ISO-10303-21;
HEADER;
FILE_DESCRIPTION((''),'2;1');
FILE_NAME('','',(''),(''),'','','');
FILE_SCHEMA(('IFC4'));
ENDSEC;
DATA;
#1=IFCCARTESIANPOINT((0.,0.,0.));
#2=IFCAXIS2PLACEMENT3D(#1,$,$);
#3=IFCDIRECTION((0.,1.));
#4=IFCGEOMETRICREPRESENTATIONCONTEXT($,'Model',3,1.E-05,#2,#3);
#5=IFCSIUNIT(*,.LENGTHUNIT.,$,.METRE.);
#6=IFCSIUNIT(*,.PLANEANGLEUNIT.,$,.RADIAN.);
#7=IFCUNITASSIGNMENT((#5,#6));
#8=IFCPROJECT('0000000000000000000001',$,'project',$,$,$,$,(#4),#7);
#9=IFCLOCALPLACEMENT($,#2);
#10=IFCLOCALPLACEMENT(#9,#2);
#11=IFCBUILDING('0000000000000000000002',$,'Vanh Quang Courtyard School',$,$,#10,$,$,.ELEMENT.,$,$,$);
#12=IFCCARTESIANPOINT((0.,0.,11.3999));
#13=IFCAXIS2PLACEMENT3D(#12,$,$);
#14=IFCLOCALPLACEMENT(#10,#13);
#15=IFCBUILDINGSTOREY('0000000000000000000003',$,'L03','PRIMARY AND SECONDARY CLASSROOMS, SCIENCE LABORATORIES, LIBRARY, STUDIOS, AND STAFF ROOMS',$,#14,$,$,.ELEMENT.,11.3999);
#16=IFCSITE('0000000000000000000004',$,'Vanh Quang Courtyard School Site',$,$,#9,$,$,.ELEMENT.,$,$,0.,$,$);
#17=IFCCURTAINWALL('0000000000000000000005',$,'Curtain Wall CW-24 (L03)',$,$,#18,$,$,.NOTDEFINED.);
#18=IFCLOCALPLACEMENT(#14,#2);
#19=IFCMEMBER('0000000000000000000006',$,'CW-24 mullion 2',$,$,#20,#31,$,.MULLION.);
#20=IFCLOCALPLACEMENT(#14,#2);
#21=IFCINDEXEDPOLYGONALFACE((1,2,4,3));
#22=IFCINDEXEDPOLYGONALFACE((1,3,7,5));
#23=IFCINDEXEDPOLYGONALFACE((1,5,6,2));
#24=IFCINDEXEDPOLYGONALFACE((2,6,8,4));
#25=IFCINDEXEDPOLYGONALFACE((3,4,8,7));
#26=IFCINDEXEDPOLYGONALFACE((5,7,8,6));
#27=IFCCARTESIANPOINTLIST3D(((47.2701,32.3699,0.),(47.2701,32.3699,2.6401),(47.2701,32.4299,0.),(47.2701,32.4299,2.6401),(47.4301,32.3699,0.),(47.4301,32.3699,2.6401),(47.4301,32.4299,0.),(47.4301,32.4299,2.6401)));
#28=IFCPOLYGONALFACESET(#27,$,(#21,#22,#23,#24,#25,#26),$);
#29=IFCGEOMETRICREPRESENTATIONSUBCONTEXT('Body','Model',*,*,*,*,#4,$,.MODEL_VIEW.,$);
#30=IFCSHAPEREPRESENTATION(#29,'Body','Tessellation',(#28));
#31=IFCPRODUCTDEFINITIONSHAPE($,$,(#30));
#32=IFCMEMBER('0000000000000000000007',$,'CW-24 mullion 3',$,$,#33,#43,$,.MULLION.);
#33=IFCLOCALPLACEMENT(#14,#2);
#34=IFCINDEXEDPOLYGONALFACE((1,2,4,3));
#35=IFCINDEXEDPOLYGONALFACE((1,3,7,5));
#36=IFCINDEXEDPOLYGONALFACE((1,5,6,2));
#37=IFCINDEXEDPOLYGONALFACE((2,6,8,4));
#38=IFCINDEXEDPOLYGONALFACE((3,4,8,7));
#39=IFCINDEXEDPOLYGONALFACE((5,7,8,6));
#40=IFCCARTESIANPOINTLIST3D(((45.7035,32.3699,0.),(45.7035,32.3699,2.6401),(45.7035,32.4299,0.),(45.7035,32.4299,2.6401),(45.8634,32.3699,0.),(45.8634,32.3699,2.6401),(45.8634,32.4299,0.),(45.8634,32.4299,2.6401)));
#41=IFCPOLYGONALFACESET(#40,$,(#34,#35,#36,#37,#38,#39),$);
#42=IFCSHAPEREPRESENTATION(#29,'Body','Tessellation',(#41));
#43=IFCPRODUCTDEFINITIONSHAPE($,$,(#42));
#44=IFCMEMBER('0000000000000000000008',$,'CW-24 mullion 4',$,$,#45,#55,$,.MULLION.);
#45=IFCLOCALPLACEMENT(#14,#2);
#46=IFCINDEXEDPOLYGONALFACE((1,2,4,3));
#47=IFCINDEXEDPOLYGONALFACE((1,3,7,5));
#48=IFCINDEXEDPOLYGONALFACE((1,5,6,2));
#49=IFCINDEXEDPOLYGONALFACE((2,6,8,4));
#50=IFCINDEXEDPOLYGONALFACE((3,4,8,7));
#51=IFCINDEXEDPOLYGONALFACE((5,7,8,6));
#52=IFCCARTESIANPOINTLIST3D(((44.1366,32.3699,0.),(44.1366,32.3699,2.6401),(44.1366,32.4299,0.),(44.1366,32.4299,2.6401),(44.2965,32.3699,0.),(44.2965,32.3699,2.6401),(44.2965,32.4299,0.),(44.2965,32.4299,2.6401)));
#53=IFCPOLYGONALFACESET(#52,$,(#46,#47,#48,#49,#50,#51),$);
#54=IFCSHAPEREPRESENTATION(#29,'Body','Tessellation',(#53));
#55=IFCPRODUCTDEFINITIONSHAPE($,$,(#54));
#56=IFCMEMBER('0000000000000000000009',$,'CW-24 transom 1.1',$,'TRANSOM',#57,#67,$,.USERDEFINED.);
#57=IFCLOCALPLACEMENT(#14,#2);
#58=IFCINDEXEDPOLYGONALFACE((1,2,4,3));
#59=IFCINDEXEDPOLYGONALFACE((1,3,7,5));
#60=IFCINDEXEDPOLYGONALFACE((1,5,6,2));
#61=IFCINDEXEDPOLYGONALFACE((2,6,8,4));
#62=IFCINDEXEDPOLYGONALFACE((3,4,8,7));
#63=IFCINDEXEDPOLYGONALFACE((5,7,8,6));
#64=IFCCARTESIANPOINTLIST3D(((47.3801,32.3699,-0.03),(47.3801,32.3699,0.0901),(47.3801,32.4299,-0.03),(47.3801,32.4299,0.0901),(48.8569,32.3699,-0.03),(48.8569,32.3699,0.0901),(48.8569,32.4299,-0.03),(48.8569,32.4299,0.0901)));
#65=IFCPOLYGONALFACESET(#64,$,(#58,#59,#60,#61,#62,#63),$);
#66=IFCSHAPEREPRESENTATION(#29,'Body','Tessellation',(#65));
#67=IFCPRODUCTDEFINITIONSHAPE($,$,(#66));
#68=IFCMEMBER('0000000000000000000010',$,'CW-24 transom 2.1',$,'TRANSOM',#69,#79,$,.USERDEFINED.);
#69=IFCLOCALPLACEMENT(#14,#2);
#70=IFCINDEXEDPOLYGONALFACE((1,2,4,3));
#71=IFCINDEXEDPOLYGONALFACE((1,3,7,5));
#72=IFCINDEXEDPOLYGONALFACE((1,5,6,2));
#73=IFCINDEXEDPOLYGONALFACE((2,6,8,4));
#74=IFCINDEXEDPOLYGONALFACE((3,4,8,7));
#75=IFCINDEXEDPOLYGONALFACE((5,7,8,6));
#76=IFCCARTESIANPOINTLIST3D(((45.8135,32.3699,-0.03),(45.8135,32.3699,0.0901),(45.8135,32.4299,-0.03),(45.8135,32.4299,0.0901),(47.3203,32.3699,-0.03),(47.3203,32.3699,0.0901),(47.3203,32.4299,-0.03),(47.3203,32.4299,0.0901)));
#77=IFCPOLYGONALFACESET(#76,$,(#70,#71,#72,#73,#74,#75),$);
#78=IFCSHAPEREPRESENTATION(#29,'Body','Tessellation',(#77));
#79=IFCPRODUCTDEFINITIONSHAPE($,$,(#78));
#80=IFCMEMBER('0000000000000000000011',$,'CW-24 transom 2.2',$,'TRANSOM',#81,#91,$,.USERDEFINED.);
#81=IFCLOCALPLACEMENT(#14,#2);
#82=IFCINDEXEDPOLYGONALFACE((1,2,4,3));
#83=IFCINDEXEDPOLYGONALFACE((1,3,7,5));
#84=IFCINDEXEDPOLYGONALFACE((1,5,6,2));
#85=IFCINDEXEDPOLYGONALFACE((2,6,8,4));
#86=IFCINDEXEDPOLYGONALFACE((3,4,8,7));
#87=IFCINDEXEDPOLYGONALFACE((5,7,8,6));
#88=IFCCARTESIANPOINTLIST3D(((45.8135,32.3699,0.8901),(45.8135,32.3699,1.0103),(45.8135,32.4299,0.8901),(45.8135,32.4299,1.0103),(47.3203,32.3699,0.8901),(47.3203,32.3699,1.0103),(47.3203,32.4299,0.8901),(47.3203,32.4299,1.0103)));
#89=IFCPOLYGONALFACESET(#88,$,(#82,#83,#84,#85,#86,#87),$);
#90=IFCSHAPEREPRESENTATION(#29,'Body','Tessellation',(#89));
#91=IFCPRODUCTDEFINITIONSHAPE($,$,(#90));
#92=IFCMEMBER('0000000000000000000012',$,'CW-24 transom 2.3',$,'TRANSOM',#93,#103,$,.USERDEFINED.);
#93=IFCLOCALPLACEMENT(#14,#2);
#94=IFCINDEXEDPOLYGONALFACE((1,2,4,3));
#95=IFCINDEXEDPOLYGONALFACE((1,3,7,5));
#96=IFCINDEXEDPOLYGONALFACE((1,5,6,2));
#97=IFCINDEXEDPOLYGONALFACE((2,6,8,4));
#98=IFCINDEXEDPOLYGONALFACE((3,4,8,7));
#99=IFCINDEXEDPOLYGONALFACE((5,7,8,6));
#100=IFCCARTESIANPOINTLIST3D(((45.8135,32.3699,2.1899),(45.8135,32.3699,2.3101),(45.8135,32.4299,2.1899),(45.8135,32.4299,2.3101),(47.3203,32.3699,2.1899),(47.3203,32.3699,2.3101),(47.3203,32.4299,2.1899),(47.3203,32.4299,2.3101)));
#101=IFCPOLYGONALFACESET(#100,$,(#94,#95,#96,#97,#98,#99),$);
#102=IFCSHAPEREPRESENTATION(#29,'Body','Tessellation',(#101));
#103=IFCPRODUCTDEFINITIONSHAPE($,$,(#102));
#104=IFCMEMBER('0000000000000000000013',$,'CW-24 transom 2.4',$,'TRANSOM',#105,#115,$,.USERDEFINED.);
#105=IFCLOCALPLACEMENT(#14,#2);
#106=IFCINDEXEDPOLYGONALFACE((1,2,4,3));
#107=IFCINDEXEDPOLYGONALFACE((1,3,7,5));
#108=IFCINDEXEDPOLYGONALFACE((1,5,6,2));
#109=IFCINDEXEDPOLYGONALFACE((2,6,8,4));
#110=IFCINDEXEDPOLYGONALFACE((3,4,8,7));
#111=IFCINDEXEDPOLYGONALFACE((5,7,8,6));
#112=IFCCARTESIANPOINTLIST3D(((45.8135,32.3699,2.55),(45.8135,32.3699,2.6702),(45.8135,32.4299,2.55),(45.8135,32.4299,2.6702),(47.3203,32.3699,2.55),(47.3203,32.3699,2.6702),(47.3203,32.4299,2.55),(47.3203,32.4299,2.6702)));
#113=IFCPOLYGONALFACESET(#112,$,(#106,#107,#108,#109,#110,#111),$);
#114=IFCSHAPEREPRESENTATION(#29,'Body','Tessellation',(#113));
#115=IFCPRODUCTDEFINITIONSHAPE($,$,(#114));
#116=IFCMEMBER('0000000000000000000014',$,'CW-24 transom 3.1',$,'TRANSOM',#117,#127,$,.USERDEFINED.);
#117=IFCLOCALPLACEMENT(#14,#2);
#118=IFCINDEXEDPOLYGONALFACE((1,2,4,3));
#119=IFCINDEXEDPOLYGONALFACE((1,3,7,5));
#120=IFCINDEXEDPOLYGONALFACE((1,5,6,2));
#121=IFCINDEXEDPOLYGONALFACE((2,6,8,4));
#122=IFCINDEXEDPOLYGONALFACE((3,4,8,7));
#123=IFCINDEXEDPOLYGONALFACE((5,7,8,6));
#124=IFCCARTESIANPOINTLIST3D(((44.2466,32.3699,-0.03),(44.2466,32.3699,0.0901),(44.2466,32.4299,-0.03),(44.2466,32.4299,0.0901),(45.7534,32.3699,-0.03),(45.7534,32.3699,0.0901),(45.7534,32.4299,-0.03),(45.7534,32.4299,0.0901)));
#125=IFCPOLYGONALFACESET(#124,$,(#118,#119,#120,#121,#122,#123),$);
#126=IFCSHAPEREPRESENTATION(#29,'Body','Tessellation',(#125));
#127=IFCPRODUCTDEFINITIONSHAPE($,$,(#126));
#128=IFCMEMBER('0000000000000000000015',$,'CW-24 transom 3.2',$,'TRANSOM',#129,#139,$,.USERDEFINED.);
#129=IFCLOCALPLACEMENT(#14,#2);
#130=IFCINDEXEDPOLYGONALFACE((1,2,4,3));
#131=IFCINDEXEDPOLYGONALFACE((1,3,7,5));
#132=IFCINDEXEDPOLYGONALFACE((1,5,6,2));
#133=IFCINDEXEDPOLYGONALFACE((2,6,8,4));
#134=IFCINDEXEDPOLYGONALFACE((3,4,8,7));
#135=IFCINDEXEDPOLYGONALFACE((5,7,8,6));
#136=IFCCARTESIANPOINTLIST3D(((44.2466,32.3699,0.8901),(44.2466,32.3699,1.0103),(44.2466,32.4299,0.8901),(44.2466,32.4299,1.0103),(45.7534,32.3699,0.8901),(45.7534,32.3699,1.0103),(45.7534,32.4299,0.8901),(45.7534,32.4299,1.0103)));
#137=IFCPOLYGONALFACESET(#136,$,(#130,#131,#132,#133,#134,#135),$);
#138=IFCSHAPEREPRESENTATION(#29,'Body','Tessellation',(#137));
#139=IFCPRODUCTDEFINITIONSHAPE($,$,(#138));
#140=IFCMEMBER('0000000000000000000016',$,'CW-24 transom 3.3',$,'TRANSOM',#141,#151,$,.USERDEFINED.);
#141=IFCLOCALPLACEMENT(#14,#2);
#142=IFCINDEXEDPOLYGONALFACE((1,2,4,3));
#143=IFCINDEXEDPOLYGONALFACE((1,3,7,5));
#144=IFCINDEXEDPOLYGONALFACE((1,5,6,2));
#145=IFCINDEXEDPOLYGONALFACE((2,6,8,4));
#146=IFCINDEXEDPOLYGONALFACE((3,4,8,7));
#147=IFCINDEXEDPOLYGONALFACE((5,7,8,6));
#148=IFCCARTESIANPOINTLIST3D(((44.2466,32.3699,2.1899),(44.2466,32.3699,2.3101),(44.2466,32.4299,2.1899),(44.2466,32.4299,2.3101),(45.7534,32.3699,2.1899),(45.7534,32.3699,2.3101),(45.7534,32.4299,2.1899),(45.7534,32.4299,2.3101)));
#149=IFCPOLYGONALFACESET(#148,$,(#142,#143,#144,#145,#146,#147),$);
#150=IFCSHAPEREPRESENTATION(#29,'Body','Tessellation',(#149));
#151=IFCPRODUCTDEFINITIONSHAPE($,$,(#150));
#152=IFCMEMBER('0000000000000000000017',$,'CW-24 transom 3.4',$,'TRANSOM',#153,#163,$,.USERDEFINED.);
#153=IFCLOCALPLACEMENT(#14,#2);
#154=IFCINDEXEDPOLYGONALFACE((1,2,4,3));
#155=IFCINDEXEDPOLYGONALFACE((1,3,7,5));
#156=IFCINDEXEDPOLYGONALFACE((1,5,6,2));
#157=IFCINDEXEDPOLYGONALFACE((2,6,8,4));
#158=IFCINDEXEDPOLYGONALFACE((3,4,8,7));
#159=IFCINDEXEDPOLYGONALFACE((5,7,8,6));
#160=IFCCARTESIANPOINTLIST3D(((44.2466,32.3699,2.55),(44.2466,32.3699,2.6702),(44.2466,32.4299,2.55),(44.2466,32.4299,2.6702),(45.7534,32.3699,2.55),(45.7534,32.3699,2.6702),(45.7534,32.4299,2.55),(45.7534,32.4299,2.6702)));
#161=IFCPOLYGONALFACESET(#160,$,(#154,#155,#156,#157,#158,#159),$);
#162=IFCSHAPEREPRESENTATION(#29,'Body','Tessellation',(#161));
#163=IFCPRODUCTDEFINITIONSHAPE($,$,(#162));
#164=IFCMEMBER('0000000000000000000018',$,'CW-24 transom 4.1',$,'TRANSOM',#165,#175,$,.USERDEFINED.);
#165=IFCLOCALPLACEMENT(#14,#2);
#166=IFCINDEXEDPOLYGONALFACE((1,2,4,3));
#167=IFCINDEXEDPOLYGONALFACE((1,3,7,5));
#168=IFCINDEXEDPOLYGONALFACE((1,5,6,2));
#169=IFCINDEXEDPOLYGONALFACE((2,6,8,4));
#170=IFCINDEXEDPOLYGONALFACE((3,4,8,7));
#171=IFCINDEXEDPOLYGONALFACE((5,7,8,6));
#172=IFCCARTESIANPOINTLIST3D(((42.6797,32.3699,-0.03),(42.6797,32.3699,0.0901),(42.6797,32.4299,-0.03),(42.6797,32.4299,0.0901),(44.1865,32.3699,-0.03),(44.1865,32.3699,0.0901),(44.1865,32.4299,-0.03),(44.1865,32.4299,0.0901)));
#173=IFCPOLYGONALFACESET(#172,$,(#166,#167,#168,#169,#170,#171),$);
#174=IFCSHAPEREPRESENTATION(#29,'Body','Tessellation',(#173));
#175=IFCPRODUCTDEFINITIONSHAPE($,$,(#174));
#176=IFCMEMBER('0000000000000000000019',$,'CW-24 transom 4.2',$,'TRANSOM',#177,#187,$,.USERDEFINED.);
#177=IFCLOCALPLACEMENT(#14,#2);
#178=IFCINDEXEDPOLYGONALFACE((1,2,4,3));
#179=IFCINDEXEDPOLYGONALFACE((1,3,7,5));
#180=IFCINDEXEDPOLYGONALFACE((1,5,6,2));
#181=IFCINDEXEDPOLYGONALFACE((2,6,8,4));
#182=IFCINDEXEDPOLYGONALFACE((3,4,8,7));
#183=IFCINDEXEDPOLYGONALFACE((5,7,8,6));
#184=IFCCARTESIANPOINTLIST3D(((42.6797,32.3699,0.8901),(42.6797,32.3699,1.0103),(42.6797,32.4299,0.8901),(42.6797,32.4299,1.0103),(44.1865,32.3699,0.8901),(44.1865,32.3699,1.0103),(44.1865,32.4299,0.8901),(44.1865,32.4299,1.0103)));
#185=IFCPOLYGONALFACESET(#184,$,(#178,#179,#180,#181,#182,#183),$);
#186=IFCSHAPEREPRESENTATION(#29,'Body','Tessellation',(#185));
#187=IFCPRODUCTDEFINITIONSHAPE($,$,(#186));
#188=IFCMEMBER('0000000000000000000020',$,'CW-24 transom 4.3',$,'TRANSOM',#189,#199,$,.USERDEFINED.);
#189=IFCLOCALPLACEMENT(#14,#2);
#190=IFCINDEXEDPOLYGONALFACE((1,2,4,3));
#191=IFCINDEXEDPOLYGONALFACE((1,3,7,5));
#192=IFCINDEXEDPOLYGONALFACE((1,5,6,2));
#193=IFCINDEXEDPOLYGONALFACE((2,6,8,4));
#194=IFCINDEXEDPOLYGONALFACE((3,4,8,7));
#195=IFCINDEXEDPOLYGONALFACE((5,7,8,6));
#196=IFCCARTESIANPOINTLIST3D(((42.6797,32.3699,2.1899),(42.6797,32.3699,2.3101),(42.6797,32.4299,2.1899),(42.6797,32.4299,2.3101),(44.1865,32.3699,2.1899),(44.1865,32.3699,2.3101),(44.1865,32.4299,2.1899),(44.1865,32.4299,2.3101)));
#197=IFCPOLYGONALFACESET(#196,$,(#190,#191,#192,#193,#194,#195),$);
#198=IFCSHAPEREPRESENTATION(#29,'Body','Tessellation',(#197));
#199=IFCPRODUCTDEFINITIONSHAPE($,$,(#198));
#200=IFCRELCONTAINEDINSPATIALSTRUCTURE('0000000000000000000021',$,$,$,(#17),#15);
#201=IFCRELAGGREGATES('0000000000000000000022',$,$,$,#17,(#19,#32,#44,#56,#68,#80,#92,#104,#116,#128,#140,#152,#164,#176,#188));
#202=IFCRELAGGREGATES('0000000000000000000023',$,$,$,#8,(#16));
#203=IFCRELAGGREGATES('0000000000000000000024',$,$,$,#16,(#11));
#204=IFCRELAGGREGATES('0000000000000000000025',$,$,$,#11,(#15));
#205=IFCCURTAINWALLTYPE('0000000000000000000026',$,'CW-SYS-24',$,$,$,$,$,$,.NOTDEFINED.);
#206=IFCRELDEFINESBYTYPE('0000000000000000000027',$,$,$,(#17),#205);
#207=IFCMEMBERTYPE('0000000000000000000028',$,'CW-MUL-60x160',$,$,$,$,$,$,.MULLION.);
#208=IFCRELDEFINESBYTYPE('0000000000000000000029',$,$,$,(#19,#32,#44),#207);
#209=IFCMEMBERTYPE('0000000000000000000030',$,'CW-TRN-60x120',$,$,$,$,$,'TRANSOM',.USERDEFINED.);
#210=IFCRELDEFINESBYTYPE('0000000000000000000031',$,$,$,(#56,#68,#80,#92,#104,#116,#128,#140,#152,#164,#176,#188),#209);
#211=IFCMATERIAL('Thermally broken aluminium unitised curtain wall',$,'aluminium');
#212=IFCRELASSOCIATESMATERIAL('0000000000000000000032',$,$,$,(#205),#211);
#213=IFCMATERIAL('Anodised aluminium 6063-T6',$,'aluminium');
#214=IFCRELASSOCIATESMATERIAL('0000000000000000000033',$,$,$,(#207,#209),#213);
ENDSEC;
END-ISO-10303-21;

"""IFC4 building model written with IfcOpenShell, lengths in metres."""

from ifc_helpers import new_model, si_unit, direction, frame, origin, origin_2d, place, context, subcontext, project, spatial, rectangle, extrude, material, material_profile, profile_set, type_object, element, aggregate, save


model = new_model("IFC4")

# Units and contexts
model_context = context("Model", 3, precision=1e-05, world=origin(), true_north=direction((0.0, 1.0)))
body_context = subcontext(model_context, "Body", "Model", "MODEL_VIEW")
ifc_project = project(units=[si_unit("LENGTHUNIT", "METRE"), si_unit("PLANEANGLEUNIT", "RADIAN")], contexts=[model_context])

# Site, building, storey
site_placement = place(None, origin())
site = spatial("IfcSite", under=ifc_project, at=site_placement, Name="Vanh Quang Courtyard School Site", CompositionType="ELEMENT", RefElevation=0.0)
building_placement = place(site_placement, origin())
building = spatial("IfcBuilding", under=site, at=building_placement, Name="Vanh Quang Courtyard School", CompositionType="ELEMENT")
storey_placement = place(building_placement, frame((0.0, 0.0, 11.3999)))
storey = spatial("IfcBuildingStorey", under=building, at=storey_placement, Name="L03", Description="PRIMARY AND SECONDARY CLASSROOMS, SCIENCE LABORATORIES, LIBRARY, STUDIOS, AND STAFF ROOMS", CompositionType="ELEMENT", Elevation=11.3999)

# Curtain wall, members
ifc_material_1 = material(Name="Thermally broken aluminium unitised curtain wall", Category="aluminium")
curtain_wall_type = type_object("IfcCurtainWallType", Name="CW-SYS-24", PredefinedType="NOTDEFINED", material=ifc_material_1)
curtain_wall_placement = place(storey_placement, origin())
curtain_wall = element("IfcCurtainWall", 1, at=curtain_wall_placement, inside=storey, type_object=curtain_wall_type, Name="Curtain Wall CW-24 (L03)", PredefinedType="NOTDEFINED")
ifc_material_2 = material(Name="Anodised aluminium 6063-T6", Category="aluminium")
ifc_material_profile_1 = material_profile(ifc_material_2, rectangle(XDim=0.0601, YDim=0.1599, at=origin_2d()), Name="ALU-MUL 60x160")
ifc_profile_set_1 = profile_set([ifc_material_profile_1], Name="Anodised aluminium 6063-T6")
member_type_1 = type_object("IfcMemberType", Name="CW-MUL-60x160", PredefinedType="MULLION", material=ifc_profile_set_1)
member_1_placement = place(storey_placement, frame((47.3501, 32.3999, 0.0), z_axis=(0.0, 0.0, 1.0), x_axis=(0.0, -1.0, 0.0)))
member_1 = element("IfcMember", 2, at=member_1_placement, type_object=member_type_1, Name="CW-24 mullion 2", PredefinedType="MULLION", context=body_context, shape_type="SweptSolid", body=[
    extrude(rectangle(XDim=0.0601, YDim=0.1599, at=origin_2d()), origin(), (0.0, 0.0, 1.0), 2.6401),
])
member_2_placement = place(storey_placement, frame((45.7834, 32.3999, 0.0), z_axis=(0.0, 0.0, 1.0), x_axis=(0.0, -1.0, 0.0)))
member_2 = element("IfcMember", 3, at=member_2_placement, type_object=member_type_1, Name="CW-24 mullion 3", PredefinedType="MULLION", context=body_context, shape_type="SweptSolid", body=[
    extrude(rectangle(XDim=0.0601, YDim=0.1599, at=origin_2d()), origin(), (0.0, 0.0, 1.0), 2.6401),
])
member_3_placement = place(storey_placement, frame((44.2166, 32.3999, 0.0), z_axis=(0.0, 0.0, 1.0), x_axis=(0.0, -1.0, 0.0)))
member_3 = element("IfcMember", 4, at=member_3_placement, type_object=member_type_1, Name="CW-24 mullion 4", PredefinedType="MULLION", context=body_context, shape_type="SweptSolid", body=[
    extrude(rectangle(XDim=0.0601, YDim=0.1599, at=origin_2d()), origin(), (0.0, 0.0, 1.0), 2.6401),
])
ifc_material_profile_2 = material_profile(ifc_material_2, rectangle(XDim=0.0601, YDim=0.1201, at=origin_2d()), Name="ALU-TRN 60x120")
ifc_profile_set_2 = profile_set([ifc_material_profile_2], Name="Anodised aluminium 6063-T6")
member_type_2 = type_object("IfcMemberType", Name="CW-TRN-60x120", ElementType="TRANSOM", PredefinedType="USERDEFINED", material=ifc_profile_set_2)
member_4_placement = place(storey_placement, frame((48.8569, 32.3999, 0.03), z_axis=(-1.0, 0.0, 0.0), x_axis=(0.0, -1.0, 0.0)))
member_4 = element("IfcMember", 5, at=member_4_placement, type_object=member_type_2, Name="CW-24 transom 1.1", ObjectType="TRANSOM", PredefinedType="USERDEFINED", context=body_context, shape_type="SweptSolid", body=[
    extrude(rectangle(XDim=0.0601, YDim=0.1201, at=origin_2d()), origin(), (0.0, 0.0, 1.0), 1.4768),
])
member_5_placement = place(storey_placement, frame((47.3203, 32.3999, 0.03), z_axis=(-1.0, 0.0, 0.0), x_axis=(0.0, -1.0, 0.0)))
member_5 = element("IfcMember", 6, at=member_5_placement, type_object=member_type_2, Name="CW-24 transom 2.1", ObjectType="TRANSOM", PredefinedType="USERDEFINED", context=body_context, shape_type="SweptSolid", body=[
    extrude(rectangle(XDim=0.0601, YDim=0.1201, at=origin_2d()), origin(), (0.0, 0.0, 1.0), 1.5068),
])
member_6_placement = place(storey_placement, frame((47.3203, 32.3999, 0.9502), z_axis=(-1.0, 0.0, 0.0), x_axis=(0.0, -1.0, 0.0)))
member_6 = element("IfcMember", 7, at=member_6_placement, type_object=member_type_2, Name="CW-24 transom 2.2", ObjectType="TRANSOM", PredefinedType="USERDEFINED", context=body_context, shape_type="SweptSolid", body=[
    extrude(rectangle(XDim=0.0601, YDim=0.1201, at=origin_2d()), origin(), (0.0, 0.0, 1.0), 1.5068),
])
member_7_placement = place(storey_placement, frame((47.3203, 32.3999, 2.25), z_axis=(-1.0, 0.0, 0.0), x_axis=(0.0, -1.0, 0.0)))
member_7 = element("IfcMember", 8, at=member_7_placement, type_object=member_type_2, Name="CW-24 transom 2.3", ObjectType="TRANSOM", PredefinedType="USERDEFINED", context=body_context, shape_type="SweptSolid", body=[
    extrude(rectangle(XDim=0.0601, YDim=0.1201, at=origin_2d()), origin(), (0.0, 0.0, 1.0), 1.5068),
])
member_8_placement = place(storey_placement, frame((47.3203, 32.3999, 2.6101), z_axis=(-1.0, 0.0, 0.0), x_axis=(0.0, -1.0, 0.0)))
member_8 = element("IfcMember", 9, at=member_8_placement, type_object=member_type_2, Name="CW-24 transom 2.4", ObjectType="TRANSOM", PredefinedType="USERDEFINED", context=body_context, shape_type="SweptSolid", body=[
    extrude(rectangle(XDim=0.0601, YDim=0.1201, at=origin_2d()), origin(), (0.0, 0.0, 1.0), 1.5068),
])
member_9_placement = place(storey_placement, frame((45.7534, 32.3999, 0.03), z_axis=(-1.0, 0.0, 0.0), x_axis=(0.0, -1.0, 0.0)))
member_9 = element("IfcMember", 10, at=member_9_placement, type_object=member_type_2, Name="CW-24 transom 3.1", ObjectType="TRANSOM", PredefinedType="USERDEFINED", context=body_context, shape_type="SweptSolid", body=[
    extrude(rectangle(XDim=0.0601, YDim=0.1201, at=origin_2d()), origin(), (0.0, 0.0, 1.0), 1.5068),
])
member_10_placement = place(storey_placement, frame((45.7534, 32.3999, 0.9502), z_axis=(-1.0, 0.0, 0.0), x_axis=(0.0, -1.0, 0.0)))
member_10 = element("IfcMember", 11, at=member_10_placement, type_object=member_type_2, Name="CW-24 transom 3.2", ObjectType="TRANSOM", PredefinedType="USERDEFINED", context=body_context, shape_type="SweptSolid", body=[
    extrude(rectangle(XDim=0.0601, YDim=0.1201, at=origin_2d()), origin(), (0.0, 0.0, 1.0), 1.5068),
])
member_11_placement = place(storey_placement, frame((45.7534, 32.3999, 2.25), z_axis=(-1.0, 0.0, 0.0), x_axis=(0.0, -1.0, 0.0)))
member_11 = element("IfcMember", 12, at=member_11_placement, type_object=member_type_2, Name="CW-24 transom 3.3", ObjectType="TRANSOM", PredefinedType="USERDEFINED", context=body_context, shape_type="SweptSolid", body=[
    extrude(rectangle(XDim=0.0601, YDim=0.1201, at=origin_2d()), origin(), (0.0, 0.0, 1.0), 1.5068),
])
member_12_placement = place(storey_placement, frame((45.7534, 32.3999, 2.6101), z_axis=(-1.0, 0.0, 0.0), x_axis=(0.0, -1.0, 0.0)))
member_12 = element("IfcMember", 13, at=member_12_placement, type_object=member_type_2, Name="CW-24 transom 3.4", ObjectType="TRANSOM", PredefinedType="USERDEFINED", context=body_context, shape_type="SweptSolid", body=[
    extrude(rectangle(XDim=0.0601, YDim=0.1201, at=origin_2d()), origin(), (0.0, 0.0, 1.0), 1.5068),
])
member_13_placement = place(storey_placement, frame((44.1865, 32.3999, 0.03), z_axis=(-1.0, 0.0, 0.0), x_axis=(0.0, -1.0, 0.0)))
member_13 = element("IfcMember", 14, at=member_13_placement, type_object=member_type_2, Name="CW-24 transom 4.1", ObjectType="TRANSOM", PredefinedType="USERDEFINED", context=body_context, shape_type="SweptSolid", body=[
    extrude(rectangle(XDim=0.0601, YDim=0.1201, at=origin_2d()), origin(), (0.0, 0.0, 1.0), 1.5068),
])
member_14_placement = place(storey_placement, frame((44.1865, 32.3999, 0.9502), z_axis=(-1.0, 0.0, 0.0), x_axis=(0.0, -1.0, 0.0)))
member_14 = element("IfcMember", 15, at=member_14_placement, type_object=member_type_2, Name="CW-24 transom 4.2", ObjectType="TRANSOM", PredefinedType="USERDEFINED", context=body_context, shape_type="SweptSolid", body=[
    extrude(rectangle(XDim=0.0601, YDim=0.1201, at=origin_2d()), origin(), (0.0, 0.0, 1.0), 1.5068),
])
member_15_placement = place(storey_placement, frame((44.1865, 32.3999, 2.25), z_axis=(-1.0, 0.0, 0.0), x_axis=(0.0, -1.0, 0.0)))
member_15 = element("IfcMember", 16, at=member_15_placement, type_object=member_type_2, Name="CW-24 transom 4.3", ObjectType="TRANSOM", PredefinedType="USERDEFINED", context=body_context, shape_type="SweptSolid", body=[
    extrude(rectangle(XDim=0.0601, YDim=0.1201, at=origin_2d()), origin(), (0.0, 0.0, 1.0), 1.5068),
])
aggregate(curtain_wall, [member_1, member_2, member_3, member_4, member_5, member_6, member_7, member_8, member_9, member_10, member_11, member_12, member_13, member_14, member_15])

save(model, "model.ifc")
